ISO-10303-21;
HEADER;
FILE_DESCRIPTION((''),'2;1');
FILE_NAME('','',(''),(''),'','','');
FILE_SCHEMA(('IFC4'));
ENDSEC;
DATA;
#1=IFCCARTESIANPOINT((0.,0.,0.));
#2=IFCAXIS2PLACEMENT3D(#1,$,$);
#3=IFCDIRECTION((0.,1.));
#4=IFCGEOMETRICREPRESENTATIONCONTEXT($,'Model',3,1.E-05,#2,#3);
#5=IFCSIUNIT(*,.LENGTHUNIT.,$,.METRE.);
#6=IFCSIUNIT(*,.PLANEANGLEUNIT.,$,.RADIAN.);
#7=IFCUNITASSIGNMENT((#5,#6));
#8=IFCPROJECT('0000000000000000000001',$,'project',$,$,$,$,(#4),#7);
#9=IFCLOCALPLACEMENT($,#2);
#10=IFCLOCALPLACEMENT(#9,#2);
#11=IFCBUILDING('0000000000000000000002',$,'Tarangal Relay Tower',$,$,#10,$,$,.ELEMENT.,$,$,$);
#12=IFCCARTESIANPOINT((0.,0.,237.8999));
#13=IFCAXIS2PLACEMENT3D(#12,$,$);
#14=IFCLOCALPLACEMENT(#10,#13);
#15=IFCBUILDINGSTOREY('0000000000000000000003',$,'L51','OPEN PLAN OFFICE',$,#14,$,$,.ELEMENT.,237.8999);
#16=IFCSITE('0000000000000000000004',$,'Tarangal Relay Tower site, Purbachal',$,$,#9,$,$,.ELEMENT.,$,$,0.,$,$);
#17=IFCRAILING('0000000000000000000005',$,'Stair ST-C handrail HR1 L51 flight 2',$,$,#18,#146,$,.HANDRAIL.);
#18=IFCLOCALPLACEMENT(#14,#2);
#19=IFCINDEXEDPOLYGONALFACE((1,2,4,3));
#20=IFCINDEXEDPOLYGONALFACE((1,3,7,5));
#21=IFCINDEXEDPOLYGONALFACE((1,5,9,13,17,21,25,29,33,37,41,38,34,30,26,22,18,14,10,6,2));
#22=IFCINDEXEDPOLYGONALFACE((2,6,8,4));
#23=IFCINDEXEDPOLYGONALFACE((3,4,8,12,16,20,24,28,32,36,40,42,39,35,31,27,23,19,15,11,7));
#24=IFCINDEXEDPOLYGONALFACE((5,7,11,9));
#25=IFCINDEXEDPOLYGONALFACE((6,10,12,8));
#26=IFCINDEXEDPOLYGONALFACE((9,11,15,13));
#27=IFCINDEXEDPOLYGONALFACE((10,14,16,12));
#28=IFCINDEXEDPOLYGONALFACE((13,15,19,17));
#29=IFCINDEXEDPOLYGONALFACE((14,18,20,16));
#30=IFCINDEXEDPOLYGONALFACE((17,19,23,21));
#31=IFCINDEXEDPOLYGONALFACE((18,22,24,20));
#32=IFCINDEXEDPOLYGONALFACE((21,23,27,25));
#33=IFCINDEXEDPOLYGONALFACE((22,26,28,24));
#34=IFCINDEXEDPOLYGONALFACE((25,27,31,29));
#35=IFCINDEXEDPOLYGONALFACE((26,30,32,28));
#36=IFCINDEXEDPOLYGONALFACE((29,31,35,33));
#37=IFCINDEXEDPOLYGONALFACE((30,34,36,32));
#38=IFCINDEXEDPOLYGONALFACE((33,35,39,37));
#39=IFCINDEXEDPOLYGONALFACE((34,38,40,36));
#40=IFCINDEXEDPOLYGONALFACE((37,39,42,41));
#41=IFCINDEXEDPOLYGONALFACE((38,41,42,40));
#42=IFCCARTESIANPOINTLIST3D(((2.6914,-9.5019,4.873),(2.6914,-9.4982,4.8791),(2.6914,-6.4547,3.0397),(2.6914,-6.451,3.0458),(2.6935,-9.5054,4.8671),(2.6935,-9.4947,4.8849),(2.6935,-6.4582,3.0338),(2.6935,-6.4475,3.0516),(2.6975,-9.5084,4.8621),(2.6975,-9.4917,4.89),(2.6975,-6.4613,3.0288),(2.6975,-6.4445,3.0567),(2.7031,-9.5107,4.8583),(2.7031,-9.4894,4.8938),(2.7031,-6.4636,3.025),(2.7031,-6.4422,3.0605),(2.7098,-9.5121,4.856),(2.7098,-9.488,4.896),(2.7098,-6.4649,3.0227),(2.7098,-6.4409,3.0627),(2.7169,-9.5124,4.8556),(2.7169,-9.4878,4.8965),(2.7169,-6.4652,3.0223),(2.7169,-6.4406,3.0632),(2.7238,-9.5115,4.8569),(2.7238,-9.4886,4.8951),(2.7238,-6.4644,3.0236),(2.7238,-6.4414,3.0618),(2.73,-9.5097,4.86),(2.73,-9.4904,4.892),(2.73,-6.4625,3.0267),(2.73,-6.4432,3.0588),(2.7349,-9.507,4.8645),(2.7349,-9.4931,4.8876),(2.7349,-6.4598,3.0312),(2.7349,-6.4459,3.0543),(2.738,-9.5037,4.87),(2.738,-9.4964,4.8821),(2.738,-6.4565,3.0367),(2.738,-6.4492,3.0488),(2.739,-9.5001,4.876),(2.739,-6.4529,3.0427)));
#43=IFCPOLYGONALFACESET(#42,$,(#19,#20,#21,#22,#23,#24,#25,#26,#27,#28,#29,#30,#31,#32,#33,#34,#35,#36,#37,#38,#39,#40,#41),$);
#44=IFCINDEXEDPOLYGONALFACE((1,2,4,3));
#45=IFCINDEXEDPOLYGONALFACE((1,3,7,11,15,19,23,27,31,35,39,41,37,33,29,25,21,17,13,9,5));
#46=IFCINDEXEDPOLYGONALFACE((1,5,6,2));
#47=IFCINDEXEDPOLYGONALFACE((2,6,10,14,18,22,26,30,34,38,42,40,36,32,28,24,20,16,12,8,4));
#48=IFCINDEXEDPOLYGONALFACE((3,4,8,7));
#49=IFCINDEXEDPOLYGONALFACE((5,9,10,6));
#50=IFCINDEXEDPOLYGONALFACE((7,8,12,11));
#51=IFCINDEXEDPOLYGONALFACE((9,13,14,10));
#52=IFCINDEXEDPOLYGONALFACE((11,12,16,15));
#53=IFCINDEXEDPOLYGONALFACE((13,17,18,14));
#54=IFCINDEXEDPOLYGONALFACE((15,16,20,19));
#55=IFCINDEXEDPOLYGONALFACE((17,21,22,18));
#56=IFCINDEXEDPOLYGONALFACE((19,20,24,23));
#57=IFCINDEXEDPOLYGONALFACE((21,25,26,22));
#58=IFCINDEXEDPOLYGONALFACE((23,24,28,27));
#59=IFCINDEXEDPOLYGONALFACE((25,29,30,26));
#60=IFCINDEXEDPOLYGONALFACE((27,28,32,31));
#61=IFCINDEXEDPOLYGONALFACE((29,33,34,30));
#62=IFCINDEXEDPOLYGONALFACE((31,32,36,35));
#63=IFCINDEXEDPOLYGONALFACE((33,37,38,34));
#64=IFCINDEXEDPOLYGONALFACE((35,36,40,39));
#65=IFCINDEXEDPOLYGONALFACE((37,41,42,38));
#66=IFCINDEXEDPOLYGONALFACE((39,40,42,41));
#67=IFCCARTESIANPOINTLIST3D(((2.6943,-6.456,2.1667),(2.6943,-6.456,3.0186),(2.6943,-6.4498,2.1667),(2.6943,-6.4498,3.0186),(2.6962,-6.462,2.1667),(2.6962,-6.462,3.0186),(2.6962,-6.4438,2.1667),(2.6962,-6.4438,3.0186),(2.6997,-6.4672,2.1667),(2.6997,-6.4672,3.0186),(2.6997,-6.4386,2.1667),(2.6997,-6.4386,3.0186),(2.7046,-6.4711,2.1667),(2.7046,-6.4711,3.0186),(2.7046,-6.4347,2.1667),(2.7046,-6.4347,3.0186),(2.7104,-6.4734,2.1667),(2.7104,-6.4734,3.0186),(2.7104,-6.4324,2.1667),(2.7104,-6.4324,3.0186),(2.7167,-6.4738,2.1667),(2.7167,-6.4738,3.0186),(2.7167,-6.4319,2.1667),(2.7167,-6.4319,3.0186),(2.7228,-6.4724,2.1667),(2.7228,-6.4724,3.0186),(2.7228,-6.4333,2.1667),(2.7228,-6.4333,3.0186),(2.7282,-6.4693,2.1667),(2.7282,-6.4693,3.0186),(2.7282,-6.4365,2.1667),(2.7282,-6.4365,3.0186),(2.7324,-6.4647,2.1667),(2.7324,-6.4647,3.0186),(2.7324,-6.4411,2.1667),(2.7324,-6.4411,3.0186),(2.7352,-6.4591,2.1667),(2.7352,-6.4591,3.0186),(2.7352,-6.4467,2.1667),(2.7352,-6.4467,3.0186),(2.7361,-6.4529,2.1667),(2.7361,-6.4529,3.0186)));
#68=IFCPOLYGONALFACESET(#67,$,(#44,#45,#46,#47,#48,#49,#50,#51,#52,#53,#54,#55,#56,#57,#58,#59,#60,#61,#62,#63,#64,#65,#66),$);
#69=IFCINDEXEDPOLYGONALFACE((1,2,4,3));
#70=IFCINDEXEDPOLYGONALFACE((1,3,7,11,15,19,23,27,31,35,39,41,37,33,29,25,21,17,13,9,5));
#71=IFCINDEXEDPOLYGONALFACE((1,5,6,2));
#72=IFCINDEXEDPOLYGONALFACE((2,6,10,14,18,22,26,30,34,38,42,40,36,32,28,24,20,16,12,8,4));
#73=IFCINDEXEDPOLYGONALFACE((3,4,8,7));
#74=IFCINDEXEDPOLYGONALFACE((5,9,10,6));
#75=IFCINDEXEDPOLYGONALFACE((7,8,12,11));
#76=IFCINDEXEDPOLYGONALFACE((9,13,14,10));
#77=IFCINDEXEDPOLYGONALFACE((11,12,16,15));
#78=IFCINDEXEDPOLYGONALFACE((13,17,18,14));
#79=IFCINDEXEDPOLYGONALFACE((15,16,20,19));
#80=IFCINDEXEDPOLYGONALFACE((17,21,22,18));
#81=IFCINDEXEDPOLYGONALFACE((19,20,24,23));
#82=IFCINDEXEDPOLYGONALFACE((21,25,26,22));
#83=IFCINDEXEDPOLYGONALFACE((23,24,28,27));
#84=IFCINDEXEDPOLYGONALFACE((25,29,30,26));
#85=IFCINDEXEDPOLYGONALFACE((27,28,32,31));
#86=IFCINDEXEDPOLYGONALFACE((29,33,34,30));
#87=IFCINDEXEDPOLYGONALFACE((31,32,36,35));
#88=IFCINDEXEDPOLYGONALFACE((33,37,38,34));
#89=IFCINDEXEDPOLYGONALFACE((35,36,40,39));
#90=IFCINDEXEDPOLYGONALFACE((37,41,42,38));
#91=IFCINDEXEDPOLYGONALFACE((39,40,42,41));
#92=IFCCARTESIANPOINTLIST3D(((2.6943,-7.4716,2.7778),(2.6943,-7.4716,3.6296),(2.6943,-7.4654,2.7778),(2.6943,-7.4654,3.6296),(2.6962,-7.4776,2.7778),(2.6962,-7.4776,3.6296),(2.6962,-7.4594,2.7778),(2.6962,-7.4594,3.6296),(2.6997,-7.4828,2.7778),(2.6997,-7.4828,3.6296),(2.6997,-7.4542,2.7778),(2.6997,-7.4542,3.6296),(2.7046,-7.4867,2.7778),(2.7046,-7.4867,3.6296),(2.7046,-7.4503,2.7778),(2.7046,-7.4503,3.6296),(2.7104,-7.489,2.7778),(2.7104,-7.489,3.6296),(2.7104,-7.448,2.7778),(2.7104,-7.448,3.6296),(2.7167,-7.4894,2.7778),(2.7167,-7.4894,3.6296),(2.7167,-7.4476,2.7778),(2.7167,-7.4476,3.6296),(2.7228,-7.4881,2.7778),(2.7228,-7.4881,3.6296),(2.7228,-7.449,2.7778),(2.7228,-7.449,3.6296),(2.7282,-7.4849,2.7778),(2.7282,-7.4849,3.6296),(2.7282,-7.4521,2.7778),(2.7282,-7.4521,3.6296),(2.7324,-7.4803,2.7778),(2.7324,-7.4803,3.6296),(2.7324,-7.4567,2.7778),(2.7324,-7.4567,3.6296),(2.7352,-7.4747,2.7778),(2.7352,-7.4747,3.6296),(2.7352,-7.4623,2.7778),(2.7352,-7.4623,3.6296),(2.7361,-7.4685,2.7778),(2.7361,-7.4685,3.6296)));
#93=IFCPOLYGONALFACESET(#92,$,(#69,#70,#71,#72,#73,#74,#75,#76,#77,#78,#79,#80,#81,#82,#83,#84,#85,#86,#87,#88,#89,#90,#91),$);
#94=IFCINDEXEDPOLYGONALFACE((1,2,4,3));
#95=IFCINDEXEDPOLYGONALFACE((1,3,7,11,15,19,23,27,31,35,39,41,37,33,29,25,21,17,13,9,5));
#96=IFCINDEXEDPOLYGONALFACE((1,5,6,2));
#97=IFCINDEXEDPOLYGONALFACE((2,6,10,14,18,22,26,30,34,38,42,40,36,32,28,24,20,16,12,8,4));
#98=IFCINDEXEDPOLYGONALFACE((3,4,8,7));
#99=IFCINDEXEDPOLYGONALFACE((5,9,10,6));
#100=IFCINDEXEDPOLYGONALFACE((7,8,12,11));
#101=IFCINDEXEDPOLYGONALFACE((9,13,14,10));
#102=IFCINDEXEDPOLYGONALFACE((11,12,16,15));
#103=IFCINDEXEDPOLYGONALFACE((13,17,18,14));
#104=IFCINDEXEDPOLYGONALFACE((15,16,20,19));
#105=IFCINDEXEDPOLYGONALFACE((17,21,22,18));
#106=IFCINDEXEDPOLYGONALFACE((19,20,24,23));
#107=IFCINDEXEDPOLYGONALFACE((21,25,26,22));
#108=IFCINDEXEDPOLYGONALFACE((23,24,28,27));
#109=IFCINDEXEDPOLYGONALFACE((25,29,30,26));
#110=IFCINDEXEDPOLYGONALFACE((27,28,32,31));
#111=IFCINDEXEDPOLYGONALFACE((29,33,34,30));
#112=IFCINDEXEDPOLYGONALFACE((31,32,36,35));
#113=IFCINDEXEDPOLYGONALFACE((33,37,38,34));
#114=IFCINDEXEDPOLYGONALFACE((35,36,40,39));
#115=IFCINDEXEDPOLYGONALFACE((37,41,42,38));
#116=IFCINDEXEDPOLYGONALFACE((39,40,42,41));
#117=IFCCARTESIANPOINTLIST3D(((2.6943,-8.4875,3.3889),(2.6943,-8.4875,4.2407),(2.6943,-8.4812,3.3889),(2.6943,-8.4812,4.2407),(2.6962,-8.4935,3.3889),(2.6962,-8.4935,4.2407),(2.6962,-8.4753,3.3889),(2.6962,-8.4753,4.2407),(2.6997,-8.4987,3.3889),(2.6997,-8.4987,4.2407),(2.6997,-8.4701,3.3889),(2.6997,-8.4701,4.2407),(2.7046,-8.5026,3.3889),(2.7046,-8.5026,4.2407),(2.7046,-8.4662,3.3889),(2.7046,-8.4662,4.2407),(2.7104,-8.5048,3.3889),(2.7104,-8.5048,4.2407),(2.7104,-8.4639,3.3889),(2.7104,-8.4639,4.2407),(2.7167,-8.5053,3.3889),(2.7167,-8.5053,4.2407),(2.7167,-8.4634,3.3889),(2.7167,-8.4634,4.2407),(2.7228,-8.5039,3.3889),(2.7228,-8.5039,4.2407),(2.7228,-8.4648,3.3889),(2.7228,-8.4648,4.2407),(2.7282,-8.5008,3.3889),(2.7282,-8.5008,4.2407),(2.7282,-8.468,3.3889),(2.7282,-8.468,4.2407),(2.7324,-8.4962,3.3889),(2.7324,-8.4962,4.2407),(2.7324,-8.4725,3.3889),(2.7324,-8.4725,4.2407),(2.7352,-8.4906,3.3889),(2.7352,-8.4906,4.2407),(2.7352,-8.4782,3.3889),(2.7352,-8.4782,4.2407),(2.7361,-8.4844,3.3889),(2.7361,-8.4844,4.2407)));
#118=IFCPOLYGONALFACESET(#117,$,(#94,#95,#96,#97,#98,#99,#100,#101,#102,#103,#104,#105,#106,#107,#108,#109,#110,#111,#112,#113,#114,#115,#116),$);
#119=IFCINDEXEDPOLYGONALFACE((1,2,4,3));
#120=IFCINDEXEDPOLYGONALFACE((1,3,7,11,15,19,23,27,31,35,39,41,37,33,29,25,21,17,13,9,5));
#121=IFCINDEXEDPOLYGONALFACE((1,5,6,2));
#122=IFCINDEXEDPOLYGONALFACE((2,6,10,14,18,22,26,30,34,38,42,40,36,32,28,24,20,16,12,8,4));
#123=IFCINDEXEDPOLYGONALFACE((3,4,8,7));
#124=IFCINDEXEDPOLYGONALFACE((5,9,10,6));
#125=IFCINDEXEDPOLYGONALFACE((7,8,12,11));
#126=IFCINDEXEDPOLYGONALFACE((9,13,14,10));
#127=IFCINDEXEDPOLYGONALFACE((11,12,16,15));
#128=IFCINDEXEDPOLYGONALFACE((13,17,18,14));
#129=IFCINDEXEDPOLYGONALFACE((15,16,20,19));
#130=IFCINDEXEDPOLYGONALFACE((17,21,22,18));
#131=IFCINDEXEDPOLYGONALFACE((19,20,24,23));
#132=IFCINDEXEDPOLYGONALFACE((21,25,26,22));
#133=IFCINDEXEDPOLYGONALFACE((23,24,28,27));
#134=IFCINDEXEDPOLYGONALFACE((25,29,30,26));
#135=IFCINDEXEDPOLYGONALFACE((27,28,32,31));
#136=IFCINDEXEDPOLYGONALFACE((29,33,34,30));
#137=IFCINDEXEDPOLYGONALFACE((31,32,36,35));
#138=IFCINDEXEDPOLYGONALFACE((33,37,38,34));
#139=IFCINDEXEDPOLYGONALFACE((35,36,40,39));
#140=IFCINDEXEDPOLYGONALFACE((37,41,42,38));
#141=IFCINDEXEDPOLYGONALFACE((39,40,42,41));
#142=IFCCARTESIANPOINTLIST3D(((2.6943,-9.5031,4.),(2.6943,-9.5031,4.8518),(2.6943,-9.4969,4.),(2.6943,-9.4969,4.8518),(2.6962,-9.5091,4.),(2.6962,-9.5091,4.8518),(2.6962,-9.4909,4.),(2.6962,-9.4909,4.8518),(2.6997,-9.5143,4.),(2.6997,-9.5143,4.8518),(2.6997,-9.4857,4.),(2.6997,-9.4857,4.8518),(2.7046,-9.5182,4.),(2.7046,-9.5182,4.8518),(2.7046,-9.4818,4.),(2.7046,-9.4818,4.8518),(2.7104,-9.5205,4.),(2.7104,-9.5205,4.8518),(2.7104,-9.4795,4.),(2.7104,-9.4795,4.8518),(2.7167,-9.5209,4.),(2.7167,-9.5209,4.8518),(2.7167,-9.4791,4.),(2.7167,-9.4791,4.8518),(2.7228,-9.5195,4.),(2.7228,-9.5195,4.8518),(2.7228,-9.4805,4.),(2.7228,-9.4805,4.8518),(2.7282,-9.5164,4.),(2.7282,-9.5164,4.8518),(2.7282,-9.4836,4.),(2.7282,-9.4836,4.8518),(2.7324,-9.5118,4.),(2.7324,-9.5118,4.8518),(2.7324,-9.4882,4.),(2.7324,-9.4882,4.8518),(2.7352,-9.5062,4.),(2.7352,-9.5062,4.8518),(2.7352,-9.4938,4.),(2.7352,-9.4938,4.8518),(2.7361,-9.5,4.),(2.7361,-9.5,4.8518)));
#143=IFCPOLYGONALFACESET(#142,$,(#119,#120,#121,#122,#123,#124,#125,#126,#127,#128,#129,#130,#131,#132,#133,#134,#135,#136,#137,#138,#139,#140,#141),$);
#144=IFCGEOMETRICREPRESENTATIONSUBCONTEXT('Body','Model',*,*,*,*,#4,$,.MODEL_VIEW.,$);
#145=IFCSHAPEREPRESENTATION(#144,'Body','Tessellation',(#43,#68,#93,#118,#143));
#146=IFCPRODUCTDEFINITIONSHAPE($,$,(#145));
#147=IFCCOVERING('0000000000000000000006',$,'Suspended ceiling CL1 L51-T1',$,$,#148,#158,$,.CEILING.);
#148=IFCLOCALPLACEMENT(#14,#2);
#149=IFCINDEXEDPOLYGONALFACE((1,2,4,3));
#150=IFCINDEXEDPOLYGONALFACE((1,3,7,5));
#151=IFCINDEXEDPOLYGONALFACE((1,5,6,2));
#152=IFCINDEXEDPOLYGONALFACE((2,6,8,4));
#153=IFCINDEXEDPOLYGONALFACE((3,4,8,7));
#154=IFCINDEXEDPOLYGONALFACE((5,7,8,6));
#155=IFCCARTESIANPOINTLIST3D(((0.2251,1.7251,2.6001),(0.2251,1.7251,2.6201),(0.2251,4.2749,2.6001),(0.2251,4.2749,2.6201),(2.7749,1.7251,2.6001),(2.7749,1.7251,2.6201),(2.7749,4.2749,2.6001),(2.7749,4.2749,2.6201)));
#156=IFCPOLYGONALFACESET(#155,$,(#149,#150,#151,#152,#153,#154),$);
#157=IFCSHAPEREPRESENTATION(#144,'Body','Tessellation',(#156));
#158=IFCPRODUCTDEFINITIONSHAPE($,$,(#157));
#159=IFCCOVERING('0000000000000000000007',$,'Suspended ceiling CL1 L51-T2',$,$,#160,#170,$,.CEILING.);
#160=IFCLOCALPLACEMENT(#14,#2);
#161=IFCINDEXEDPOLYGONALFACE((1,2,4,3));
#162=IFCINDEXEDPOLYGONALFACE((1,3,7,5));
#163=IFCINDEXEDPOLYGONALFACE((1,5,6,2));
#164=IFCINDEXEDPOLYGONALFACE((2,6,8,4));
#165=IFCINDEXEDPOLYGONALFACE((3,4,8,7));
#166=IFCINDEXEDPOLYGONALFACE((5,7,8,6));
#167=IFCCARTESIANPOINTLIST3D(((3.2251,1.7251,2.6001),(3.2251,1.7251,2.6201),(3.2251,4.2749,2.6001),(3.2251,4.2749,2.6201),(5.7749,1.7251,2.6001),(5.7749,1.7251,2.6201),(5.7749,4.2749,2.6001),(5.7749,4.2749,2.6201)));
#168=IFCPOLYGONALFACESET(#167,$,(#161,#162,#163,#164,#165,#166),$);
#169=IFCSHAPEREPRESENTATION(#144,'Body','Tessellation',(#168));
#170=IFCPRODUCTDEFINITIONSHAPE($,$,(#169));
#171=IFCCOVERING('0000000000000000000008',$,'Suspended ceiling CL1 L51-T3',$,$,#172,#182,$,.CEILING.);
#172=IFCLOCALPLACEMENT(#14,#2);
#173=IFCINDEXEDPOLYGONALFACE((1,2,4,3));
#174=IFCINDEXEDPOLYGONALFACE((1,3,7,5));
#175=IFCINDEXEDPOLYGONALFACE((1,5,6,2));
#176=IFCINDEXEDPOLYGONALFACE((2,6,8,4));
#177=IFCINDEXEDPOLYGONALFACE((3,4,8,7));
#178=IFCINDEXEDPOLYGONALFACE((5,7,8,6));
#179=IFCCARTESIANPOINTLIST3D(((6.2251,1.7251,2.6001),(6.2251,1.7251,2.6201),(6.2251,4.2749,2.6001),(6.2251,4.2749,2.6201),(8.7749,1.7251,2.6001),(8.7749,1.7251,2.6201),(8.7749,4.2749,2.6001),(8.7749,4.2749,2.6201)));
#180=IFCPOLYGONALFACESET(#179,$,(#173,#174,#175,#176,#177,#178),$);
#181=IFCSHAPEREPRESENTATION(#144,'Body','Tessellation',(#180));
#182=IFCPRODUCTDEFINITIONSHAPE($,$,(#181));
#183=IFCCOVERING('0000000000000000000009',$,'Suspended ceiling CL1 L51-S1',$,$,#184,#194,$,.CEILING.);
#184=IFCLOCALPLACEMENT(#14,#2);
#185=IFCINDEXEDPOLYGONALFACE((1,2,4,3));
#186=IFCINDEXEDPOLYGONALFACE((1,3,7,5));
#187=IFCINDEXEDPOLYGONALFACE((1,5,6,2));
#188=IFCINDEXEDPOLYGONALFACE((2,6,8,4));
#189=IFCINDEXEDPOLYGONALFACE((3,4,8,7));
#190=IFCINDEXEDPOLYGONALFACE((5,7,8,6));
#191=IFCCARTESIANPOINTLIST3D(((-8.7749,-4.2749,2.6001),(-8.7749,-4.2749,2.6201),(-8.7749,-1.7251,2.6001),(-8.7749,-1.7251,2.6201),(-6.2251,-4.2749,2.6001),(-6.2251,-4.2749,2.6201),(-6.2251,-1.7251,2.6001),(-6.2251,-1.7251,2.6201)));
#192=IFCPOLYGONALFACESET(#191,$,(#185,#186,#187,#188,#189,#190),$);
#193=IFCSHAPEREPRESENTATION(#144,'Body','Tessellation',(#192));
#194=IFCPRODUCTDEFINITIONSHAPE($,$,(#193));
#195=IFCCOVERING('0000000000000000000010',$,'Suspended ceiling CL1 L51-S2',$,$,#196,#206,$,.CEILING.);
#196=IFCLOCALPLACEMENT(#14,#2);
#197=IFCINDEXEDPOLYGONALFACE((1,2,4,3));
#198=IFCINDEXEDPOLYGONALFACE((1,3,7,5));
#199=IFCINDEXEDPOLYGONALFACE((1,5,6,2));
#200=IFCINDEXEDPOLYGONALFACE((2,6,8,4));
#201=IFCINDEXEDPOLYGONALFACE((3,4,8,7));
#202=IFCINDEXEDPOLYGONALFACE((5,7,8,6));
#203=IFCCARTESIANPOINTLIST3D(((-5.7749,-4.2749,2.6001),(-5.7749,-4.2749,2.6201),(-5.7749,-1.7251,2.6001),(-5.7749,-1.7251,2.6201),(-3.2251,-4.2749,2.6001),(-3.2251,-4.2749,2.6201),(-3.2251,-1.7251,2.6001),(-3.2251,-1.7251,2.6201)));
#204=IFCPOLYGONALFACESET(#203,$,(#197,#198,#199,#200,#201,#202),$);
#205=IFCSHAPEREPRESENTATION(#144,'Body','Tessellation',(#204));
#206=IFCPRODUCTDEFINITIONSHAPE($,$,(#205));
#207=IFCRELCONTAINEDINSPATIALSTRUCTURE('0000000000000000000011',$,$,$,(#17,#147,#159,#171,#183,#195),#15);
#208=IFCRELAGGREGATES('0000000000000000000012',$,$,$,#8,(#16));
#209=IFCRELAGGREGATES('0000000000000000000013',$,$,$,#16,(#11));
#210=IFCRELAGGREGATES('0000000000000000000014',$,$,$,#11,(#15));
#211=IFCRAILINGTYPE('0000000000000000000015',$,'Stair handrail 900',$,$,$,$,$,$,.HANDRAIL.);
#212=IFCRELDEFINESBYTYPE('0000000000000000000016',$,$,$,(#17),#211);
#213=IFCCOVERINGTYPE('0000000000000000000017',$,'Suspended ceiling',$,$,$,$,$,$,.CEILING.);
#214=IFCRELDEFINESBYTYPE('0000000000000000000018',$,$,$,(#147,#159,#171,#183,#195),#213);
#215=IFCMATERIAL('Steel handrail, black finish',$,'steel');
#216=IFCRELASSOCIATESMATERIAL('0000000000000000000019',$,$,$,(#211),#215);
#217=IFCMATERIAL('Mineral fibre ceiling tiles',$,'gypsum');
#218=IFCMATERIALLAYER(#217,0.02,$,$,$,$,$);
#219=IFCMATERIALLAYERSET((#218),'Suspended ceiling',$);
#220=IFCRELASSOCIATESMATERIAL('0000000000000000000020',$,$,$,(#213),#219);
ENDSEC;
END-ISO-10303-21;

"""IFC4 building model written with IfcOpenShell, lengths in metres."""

from ifc_helpers import new_model, si_unit, direction, frame, origin, origin_2d, place, context, subcontext, project, spatial, polyline, circle, outline, extrude, material, layer, layer_set, type_object, element, save


model = new_model("IFC4")

# Units and contexts
model_context = context("Model", 3, precision=1e-05, world=origin(), true_north=direction((0.0, 1.0)))
body_context = subcontext(model_context, "Body", "Model", "MODEL_VIEW")
ifc_project = project(units=[si_unit("LENGTHUNIT", "METRE"), si_unit("PLANEANGLEUNIT", "RADIAN")], contexts=[model_context])

# Site, building, storey
site_placement = place(None, origin())
site = spatial("IfcSite", under=ifc_project, at=site_placement, Name="Tarangal Relay Tower site, Purbachal", CompositionType="ELEMENT", RefElevation=0.0)
building_placement = place(site_placement, origin())
building = spatial("IfcBuilding", under=site, at=building_placement, Name="Tarangal Relay Tower", CompositionType="ELEMENT")
storey_placement = place(building_placement, frame((0.0, 0.0, 237.8999)))
storey = spatial("IfcBuildingStorey", under=building, at=storey_placement, Name="L51", Description="OPEN PLAN OFFICE", CompositionType="ELEMENT", Elevation=237.8999)

# Railing
ifc_material_1 = material(Name="Steel handrail, black finish", Category="steel")
railing_type_1 = type_object("IfcRailingType", Name="Stair handrail 900", PredefinedType="HANDRAIL", material=ifc_material_1)
railing_1_placement = place(storey_placement, frame((2.7151, -6.4529, 2.1667)))
element("IfcRailing", 1, at=railing_1_placement, inside=storey, type_object=railing_type_1, Name="Stair ST-C handrail HR1 L51 flight 2", PredefinedType="HANDRAIL", context=body_context, shape_type="SweptSolid", body=[
    extrude(circle(Radius=0.0239, at=origin_2d()), frame((0.0, 0.0, 0.876), z_axis=(0.0, -0.856874, 0.515525), x_axis=(1.0, 0.0, 0.0)), (0.0, 0.0, 1.0), 3.5562),
    extrude(circle(Radius=0.021, at=origin_2d()), origin(), (0.0, 0.0, 1.0), 0.8518),
    extrude(circle(Radius=0.021, at=origin_2d()), frame((0.0, -1.0156, 0.6111)), (0.0, 0.0, 1.0), 0.8518),
    extrude(circle(Radius=0.021, at=origin_2d()), frame((0.0, -2.0315, 1.2222)), (0.0, 0.0, 1.0), 0.8518),
    extrude(circle(Radius=0.021, at=origin_2d()), frame((0.0, -3.0471, 1.8333)), (0.0, 0.0, 1.0), 0.8518),
])

# Coverings
ifc_material_2 = material(Name="Mineral fibre ceiling tiles", Category="gypsum")
ifc_layer_1 = layer(ifc_material_2, 0.02)
ifc_layer_set_1 = layer_set([ifc_layer_1], Name="Suspended ceiling")
covering_type_1 = type_object("IfcCoveringType", Name="Suspended ceiling", PredefinedType="CEILING", material=ifc_layer_set_1)
covering_1_placement = place(storey_placement, frame((0.0, 0.0, 2.6001)))
element("IfcCovering", 2, at=covering_1_placement, inside=storey, type_object=covering_type_1, Name="Suspended ceiling CL1 L51-T1", PredefinedType="CEILING", context=body_context, shape_type="SweptSolid", body=[
    extrude(outline(polyline([(0.2251, 1.7251), (2.7749, 1.7251), (2.7749, 4.2749), (0.2251, 4.2749), (0.2251, 1.7251)])), origin(), (0.0, 0.0, 1.0), 0.02),
])
covering_2_placement = place(storey_placement, frame((0.0, 0.0, 2.6001)))
element("IfcCovering", 3, at=covering_2_placement, inside=storey, type_object=covering_type_1, Name="Suspended ceiling CL1 L51-T2", PredefinedType="CEILING", context=body_context, shape_type="SweptSolid", body=[
    extrude(outline(polyline([(3.2251, 1.7251), (5.7749, 1.7251), (5.7749, 4.2749), (3.2251, 4.2749), (3.2251, 1.7251)])), origin(), (0.0, 0.0, 1.0), 0.02),
])
covering_3_placement = place(storey_placement, frame((0.0, 0.0, 2.6001)))
element("IfcCovering", 4, at=covering_3_placement, inside=storey, type_object=covering_type_1, Name="Suspended ceiling CL1 L51-T3", PredefinedType="CEILING", context=body_context, shape_type="SweptSolid", body=[
    extrude(outline(polyline([(6.2251, 1.7251), (8.7749, 1.7251), (8.7749, 4.2749), (6.2251, 4.2749), (6.2251, 1.7251)])), origin(), (0.0, 0.0, 1.0), 0.02),
])
covering_4_placement = place(storey_placement, frame((0.0, 0.0, 2.6001)))
element("IfcCovering", 5, at=covering_4_placement, inside=storey, type_object=covering_type_1, Name="Suspended ceiling CL1 L51-S1", PredefinedType="CEILING", context=body_context, shape_type="SweptSolid", body=[
    extrude(outline(polyline([(-8.7749, -4.2749), (-6.2251, -4.2749), (-6.2251, -1.7251), (-8.7749, -1.7251), (-8.7749, -4.2749)])), origin(), (0.0, 0.0, 1.0), 0.02),
])
covering_5_placement = place(storey_placement, frame((0.0, 0.0, 2.6001)))
element("IfcCovering", 6, at=covering_5_placement, inside=storey, type_object=covering_type_1, Name="Suspended ceiling CL1 L51-S2", PredefinedType="CEILING", context=body_context, shape_type="SweptSolid", body=[
    extrude(outline(polyline([(-5.7749, -4.2749), (-3.2251, -4.2749), (-3.2251, -1.7251), (-5.7749, -1.7251), (-5.7749, -4.2749)])), origin(), (0.0, 0.0, 1.0), 0.02),
])

save(model, "model.ifc")
